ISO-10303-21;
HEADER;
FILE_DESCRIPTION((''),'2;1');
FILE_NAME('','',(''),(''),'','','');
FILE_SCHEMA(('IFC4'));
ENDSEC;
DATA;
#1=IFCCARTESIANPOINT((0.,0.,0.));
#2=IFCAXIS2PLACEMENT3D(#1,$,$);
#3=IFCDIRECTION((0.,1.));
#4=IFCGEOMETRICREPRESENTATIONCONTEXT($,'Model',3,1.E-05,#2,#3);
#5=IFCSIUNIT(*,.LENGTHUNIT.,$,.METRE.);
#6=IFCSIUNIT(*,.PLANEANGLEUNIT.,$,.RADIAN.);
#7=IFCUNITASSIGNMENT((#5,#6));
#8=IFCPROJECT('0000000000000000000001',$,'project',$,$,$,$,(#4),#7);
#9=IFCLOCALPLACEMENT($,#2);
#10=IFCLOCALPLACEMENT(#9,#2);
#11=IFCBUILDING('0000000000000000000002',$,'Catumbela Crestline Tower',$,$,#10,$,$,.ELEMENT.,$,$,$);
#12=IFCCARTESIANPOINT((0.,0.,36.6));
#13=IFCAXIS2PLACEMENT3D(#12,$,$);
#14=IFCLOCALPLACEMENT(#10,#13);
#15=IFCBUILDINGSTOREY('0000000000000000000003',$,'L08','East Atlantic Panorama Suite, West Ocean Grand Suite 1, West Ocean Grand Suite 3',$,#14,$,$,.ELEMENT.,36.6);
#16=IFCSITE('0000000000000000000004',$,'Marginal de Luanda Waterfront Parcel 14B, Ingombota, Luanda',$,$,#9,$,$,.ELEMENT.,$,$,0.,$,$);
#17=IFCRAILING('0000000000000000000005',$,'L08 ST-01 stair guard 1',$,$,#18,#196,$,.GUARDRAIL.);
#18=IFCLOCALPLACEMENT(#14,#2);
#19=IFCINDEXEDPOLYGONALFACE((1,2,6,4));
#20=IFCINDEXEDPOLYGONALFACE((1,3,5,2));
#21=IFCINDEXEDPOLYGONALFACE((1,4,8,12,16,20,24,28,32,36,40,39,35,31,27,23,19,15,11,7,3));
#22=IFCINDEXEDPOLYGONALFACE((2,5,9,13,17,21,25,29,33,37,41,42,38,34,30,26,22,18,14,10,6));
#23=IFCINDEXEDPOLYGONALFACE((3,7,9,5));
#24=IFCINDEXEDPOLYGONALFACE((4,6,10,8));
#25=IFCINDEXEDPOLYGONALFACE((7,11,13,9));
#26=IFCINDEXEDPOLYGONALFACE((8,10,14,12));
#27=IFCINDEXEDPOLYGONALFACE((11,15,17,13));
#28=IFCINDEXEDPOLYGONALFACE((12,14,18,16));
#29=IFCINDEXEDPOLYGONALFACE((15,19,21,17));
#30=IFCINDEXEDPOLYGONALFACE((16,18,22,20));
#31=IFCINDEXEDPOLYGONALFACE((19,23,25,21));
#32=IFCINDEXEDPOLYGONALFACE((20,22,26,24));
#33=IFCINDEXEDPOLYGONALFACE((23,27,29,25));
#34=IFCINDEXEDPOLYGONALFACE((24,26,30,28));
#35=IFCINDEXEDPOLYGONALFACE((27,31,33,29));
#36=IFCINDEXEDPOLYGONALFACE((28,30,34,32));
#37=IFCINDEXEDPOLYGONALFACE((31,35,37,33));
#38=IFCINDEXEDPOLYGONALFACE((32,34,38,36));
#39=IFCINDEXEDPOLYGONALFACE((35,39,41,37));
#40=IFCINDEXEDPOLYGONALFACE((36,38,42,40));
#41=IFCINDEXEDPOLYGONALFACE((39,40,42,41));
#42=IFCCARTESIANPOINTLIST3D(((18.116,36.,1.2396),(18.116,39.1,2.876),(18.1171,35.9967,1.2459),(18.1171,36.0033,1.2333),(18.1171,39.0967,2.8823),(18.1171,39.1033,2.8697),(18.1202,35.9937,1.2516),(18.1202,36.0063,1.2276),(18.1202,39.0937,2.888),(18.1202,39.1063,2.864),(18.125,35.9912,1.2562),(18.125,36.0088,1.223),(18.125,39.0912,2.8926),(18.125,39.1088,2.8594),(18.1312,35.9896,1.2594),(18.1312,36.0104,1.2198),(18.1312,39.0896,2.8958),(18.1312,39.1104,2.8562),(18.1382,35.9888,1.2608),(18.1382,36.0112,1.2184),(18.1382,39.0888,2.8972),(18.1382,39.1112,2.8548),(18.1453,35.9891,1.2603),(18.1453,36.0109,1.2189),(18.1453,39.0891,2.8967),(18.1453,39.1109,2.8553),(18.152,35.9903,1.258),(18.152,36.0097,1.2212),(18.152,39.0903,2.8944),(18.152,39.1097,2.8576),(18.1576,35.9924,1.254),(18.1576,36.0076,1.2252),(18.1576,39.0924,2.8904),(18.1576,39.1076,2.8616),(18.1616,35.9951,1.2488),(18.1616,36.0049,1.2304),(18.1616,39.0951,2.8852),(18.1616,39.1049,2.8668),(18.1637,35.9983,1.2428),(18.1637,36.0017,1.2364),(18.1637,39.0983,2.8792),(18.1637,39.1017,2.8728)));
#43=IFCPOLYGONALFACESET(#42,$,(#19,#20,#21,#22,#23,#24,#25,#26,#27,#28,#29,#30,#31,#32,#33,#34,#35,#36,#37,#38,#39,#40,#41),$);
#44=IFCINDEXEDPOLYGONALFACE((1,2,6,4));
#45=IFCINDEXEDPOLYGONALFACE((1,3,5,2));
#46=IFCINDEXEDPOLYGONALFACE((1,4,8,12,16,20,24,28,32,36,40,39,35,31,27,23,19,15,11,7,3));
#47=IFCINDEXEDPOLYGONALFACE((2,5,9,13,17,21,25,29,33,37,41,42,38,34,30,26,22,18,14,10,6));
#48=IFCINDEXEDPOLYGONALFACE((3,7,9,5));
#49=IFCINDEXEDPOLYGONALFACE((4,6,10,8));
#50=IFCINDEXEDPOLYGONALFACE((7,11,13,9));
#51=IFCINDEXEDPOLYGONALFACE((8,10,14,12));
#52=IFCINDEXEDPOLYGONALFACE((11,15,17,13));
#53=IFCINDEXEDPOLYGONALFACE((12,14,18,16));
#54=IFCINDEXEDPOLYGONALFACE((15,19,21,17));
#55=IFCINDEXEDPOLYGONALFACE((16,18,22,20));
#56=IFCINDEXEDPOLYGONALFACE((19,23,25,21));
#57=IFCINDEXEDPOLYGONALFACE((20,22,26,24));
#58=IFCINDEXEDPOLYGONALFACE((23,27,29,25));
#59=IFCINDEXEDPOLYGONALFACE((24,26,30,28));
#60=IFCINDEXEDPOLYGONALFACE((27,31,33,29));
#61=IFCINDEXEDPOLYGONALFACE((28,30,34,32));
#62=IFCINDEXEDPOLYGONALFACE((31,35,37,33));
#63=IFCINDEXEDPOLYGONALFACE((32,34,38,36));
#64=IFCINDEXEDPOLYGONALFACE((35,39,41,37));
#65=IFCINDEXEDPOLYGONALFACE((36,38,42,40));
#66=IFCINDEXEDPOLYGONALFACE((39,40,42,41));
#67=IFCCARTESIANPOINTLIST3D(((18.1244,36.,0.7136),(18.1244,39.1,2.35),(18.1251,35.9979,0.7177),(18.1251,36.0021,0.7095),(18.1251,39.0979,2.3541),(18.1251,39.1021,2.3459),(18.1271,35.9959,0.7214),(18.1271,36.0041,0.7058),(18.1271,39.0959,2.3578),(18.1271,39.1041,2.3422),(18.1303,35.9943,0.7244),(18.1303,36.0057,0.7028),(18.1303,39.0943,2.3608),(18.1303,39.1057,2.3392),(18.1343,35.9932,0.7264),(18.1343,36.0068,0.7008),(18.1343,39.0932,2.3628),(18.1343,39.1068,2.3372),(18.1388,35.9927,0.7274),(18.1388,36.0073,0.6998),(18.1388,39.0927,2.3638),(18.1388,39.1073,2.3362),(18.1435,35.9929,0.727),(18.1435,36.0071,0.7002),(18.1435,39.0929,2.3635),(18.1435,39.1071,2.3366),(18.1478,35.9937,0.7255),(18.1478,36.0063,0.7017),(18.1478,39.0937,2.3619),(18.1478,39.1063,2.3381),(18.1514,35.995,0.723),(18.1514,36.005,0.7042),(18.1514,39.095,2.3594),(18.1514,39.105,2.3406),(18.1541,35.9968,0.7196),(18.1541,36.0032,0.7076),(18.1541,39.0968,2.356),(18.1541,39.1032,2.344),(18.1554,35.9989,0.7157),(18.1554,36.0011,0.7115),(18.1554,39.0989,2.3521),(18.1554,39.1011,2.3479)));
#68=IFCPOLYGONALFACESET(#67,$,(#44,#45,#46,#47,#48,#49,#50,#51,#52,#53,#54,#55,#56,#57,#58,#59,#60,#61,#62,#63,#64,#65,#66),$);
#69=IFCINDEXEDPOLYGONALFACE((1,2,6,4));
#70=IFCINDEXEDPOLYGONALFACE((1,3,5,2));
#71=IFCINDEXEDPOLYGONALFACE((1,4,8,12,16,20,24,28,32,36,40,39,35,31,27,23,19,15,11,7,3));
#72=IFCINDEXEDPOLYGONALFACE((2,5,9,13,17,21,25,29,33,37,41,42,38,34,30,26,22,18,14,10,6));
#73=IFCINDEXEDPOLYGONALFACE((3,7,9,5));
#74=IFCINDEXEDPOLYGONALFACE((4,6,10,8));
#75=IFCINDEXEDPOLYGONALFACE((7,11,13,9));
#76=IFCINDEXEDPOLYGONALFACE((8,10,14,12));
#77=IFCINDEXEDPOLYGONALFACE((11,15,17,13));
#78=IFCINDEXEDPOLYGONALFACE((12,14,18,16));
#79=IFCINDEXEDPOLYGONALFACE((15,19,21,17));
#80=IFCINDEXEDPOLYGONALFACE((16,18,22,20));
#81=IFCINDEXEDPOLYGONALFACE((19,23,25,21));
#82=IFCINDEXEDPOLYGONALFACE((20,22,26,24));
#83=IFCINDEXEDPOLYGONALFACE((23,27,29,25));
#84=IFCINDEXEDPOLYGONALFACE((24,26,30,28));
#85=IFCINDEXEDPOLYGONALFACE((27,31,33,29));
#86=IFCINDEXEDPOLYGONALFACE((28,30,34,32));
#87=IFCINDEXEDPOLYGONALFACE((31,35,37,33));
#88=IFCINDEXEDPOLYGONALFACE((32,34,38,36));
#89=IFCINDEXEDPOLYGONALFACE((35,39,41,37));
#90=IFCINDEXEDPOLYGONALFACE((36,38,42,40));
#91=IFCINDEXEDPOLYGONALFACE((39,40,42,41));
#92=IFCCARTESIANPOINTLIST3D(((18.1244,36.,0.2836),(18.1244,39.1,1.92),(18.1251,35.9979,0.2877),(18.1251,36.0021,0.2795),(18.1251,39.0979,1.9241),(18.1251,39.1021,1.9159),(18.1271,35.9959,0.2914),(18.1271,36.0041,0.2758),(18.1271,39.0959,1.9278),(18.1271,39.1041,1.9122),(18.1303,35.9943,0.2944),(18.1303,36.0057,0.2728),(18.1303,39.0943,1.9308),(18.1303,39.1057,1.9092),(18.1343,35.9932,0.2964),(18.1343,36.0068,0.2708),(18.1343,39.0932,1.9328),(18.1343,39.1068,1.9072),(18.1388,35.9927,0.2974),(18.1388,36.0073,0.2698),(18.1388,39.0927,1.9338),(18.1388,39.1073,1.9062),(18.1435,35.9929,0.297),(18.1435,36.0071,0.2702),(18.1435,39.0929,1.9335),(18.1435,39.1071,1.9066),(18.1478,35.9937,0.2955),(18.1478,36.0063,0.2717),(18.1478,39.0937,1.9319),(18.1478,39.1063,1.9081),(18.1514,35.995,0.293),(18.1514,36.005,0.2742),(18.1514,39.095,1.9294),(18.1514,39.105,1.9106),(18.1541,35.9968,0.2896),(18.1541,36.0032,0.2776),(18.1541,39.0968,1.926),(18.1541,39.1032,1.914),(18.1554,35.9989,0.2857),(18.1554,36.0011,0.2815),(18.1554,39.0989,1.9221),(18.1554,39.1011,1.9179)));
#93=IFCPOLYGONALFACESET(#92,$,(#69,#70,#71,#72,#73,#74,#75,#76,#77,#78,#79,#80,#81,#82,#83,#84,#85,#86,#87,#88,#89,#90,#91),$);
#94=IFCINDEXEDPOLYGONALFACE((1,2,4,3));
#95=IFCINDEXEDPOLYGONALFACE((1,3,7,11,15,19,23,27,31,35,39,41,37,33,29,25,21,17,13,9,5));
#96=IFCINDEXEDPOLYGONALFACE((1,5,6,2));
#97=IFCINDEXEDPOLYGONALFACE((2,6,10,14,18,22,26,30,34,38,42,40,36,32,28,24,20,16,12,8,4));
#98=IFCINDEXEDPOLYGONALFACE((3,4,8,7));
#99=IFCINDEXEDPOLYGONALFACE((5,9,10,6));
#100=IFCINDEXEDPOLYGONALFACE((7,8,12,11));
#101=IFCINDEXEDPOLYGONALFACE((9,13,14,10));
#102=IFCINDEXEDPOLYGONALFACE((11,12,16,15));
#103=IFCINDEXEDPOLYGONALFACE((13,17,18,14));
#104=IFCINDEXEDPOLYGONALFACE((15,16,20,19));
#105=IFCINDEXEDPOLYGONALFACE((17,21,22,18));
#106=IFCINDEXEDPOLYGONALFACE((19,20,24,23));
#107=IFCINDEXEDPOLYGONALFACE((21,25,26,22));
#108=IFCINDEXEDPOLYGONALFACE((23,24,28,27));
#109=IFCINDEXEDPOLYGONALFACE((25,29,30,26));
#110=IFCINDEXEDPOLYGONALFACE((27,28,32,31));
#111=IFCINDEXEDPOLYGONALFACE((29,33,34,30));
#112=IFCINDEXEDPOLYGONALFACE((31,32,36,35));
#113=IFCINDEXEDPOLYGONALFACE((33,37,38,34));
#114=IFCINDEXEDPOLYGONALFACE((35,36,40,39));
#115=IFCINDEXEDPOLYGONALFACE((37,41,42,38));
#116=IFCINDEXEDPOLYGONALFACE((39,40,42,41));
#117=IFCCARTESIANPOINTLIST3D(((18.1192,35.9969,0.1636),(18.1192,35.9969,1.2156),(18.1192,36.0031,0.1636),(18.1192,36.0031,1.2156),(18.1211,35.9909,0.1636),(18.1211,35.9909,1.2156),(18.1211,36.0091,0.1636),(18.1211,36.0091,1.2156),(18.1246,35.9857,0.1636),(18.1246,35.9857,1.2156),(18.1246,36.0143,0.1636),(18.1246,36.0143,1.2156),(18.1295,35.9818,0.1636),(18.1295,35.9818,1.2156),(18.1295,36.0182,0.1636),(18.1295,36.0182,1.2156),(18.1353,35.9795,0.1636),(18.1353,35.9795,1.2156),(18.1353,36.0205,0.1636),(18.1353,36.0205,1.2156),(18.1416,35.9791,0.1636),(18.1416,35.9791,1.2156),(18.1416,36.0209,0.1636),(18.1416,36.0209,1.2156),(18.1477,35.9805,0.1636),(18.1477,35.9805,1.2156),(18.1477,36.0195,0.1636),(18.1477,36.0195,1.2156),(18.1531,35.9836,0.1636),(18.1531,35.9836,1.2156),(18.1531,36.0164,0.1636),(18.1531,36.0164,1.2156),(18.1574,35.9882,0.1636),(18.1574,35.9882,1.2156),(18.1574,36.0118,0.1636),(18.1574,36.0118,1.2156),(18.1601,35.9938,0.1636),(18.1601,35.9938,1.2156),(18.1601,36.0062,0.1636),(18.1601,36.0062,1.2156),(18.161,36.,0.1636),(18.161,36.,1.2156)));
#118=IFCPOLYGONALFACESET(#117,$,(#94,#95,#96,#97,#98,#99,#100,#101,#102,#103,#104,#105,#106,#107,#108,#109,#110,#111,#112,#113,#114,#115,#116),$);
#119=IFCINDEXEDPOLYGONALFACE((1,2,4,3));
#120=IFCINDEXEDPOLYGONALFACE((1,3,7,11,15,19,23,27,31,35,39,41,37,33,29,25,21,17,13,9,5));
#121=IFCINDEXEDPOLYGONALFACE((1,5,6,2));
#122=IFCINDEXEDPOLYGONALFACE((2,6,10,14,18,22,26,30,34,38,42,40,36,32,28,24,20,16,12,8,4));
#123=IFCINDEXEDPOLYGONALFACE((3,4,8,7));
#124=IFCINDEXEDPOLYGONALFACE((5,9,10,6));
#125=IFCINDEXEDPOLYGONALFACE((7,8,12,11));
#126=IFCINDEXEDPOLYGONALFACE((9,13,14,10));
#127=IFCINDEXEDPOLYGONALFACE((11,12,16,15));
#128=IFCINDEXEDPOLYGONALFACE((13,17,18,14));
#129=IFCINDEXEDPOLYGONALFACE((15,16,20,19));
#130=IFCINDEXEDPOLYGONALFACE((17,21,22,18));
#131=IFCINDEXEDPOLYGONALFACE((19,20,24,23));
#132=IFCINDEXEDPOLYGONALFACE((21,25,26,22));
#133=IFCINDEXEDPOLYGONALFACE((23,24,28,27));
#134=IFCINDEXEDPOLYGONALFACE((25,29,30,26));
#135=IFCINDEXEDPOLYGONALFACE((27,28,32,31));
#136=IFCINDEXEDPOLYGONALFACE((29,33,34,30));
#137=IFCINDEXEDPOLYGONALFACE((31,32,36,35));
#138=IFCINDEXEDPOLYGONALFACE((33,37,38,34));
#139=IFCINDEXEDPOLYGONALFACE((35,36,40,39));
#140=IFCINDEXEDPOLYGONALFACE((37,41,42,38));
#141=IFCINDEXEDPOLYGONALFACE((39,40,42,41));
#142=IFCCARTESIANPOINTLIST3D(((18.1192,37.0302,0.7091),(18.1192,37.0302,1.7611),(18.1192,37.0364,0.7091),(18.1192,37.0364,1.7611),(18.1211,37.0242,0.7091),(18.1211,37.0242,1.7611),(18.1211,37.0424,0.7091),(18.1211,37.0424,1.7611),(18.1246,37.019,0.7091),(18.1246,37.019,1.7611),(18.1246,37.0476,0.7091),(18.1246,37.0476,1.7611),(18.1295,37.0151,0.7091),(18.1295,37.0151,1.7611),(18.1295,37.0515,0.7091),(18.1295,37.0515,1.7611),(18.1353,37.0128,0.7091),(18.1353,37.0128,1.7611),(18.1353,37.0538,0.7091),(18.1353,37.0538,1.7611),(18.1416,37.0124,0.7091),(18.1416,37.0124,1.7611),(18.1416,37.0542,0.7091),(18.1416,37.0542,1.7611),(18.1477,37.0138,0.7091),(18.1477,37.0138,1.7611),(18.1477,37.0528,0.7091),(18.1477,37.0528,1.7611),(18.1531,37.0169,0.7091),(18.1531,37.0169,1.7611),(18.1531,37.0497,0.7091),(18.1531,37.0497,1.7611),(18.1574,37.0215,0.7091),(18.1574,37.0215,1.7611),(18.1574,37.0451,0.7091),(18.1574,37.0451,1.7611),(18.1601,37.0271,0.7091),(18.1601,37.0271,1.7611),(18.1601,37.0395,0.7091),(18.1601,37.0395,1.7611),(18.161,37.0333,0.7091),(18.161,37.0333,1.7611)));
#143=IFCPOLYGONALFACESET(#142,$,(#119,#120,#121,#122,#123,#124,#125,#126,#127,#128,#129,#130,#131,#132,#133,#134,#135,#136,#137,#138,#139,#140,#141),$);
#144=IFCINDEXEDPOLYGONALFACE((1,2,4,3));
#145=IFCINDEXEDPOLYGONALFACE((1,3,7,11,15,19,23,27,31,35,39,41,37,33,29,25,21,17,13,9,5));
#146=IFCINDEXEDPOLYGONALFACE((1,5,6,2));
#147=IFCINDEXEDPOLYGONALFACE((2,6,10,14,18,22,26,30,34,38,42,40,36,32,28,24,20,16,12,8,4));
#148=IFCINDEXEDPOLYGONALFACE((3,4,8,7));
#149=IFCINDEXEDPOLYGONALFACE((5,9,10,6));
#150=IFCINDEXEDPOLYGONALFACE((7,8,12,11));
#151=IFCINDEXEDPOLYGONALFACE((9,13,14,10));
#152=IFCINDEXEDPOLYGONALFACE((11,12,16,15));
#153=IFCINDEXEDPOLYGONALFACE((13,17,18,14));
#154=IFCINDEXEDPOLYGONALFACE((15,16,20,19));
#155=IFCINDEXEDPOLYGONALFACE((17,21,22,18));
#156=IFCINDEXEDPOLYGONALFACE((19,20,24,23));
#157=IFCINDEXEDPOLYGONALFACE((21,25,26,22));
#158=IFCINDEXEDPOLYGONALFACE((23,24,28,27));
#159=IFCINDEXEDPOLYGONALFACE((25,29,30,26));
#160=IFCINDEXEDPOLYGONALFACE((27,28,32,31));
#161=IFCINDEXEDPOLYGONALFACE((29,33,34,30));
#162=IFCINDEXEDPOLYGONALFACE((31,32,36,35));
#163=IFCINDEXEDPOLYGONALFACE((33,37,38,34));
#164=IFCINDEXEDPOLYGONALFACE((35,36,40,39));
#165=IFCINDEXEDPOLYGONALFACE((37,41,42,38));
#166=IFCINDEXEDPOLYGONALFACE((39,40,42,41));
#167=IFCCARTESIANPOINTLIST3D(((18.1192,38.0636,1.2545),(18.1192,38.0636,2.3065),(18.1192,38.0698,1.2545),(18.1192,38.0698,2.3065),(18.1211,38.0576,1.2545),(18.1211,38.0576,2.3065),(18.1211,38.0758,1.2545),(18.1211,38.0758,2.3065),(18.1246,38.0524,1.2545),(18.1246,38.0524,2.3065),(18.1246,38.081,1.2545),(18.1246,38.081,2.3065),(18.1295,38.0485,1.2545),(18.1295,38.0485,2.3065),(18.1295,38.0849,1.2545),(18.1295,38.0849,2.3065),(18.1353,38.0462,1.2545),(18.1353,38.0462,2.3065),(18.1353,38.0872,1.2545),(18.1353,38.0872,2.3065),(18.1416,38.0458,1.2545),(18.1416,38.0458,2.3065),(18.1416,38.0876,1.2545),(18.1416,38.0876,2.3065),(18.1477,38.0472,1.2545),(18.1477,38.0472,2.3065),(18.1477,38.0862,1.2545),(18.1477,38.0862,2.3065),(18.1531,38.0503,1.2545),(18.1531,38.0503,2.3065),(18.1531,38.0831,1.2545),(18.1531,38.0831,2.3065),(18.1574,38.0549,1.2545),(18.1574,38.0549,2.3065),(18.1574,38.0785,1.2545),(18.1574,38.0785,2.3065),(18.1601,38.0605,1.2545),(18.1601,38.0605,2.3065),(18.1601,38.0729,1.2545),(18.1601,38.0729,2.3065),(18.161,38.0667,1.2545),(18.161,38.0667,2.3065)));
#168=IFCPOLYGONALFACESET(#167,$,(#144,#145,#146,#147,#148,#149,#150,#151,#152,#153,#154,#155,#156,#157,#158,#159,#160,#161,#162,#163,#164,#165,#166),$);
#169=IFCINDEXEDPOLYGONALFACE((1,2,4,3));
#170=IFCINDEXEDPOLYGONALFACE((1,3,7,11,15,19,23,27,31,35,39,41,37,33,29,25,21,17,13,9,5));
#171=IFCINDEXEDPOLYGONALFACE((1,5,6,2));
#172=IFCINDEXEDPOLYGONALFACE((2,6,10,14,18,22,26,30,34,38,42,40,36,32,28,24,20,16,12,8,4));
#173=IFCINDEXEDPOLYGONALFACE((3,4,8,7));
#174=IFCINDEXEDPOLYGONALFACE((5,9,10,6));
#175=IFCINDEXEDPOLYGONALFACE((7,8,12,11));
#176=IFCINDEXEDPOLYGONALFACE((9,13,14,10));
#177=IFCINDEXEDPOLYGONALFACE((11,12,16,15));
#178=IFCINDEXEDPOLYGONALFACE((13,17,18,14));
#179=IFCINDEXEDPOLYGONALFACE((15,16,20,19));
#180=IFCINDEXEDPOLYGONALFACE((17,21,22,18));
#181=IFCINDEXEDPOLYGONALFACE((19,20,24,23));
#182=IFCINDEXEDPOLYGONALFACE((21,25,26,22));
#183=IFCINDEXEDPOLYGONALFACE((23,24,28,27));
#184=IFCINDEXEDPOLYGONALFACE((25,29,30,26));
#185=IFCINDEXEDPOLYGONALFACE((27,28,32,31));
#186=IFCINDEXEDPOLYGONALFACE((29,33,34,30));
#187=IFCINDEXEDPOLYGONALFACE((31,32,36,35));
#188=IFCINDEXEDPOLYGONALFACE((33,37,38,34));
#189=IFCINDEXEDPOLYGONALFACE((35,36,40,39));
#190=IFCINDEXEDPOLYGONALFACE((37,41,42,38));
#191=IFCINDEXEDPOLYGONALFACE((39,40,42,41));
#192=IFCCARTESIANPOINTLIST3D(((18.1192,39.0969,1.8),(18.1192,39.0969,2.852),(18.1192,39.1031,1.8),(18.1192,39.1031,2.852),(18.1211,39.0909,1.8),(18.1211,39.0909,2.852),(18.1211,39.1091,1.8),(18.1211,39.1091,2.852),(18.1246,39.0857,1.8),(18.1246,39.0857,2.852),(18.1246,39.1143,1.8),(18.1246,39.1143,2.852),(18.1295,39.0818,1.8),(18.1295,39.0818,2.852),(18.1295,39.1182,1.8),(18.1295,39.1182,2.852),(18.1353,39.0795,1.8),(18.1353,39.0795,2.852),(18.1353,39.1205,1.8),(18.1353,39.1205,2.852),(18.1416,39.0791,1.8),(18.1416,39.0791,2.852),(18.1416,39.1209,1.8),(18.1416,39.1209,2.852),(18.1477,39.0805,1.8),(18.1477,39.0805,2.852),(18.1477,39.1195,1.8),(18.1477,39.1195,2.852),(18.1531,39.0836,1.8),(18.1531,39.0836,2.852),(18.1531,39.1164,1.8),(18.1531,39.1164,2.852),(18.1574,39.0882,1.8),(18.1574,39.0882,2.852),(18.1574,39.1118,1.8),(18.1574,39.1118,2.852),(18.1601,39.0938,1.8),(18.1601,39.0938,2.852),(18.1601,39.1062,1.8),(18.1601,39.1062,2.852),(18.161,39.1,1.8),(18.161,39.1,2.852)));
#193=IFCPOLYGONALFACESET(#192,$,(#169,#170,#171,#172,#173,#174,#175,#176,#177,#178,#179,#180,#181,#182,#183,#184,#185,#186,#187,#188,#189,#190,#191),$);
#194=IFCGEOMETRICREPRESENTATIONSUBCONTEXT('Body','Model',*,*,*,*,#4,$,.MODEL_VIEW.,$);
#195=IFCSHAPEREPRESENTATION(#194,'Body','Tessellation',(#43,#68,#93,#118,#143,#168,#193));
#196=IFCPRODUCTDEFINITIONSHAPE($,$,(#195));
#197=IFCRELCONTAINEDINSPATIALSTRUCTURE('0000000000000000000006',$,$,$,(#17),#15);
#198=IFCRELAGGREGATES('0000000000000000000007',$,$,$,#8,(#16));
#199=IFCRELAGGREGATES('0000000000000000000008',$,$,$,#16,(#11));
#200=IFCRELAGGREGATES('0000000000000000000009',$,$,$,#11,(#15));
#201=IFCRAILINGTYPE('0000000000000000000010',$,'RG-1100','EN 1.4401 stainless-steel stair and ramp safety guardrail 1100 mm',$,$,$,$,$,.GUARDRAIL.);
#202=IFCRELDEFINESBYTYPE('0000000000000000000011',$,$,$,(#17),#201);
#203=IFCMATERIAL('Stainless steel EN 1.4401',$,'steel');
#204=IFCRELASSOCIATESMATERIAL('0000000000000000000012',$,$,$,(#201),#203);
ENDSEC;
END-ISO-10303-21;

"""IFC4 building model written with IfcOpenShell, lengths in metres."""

from ifc_helpers import new_model, si_unit, direction, frame, origin, origin_2d, place, context, subcontext, project, spatial, circle, extrude, material, type_object, element, save


model = new_model("IFC4")

# Units and contexts
model_context = context("Model", 3, precision=1e-05, world=origin(), true_north=direction((0.0, 1.0)))
body_context = subcontext(model_context, "Body", "Model", "MODEL_VIEW")
ifc_project = project(units=[si_unit("LENGTHUNIT", "METRE"), si_unit("PLANEANGLEUNIT", "RADIAN")], contexts=[model_context])

# Site, building, storey
site_placement = place(None, origin())
site = spatial("IfcSite", under=ifc_project, at=site_placement, Name="Marginal de Luanda Waterfront Parcel 14B, Ingombota, Luanda", CompositionType="ELEMENT", RefElevation=0.0)
building_placement = place(site_placement, origin())
building = spatial("IfcBuilding", under=site, at=building_placement, Name="Catumbela Crestline Tower", CompositionType="ELEMENT")
storey_placement = place(building_placement, frame((0.0, 0.0, 36.6)))
storey = spatial("IfcBuildingStorey", under=building, at=storey_placement, Name="L08", Description="East Atlantic Panorama Suite, West Ocean Grand Suite 1, West Ocean Grand Suite 3", CompositionType="ELEMENT", Elevation=36.6)

# Shared definitions
ifc_material_1 = material(Name="Stainless steel EN 1.4401", Category="steel")

# Railing
railing_type_1 = type_object("IfcRailingType", Name="RG-1100", Description="EN 1.4401 stainless-steel stair and ramp safety guardrail 1100 mm", PredefinedType="GUARDRAIL", material=ifc_material_1)
railing_1_placement = place(storey_placement, frame((18.14, 36.0, 0.1636)))
element("IfcRailing", 1, at=railing_1_placement, inside=storey, type_object=railing_type_1, Name="L08 ST-01 stair guard 1", PredefinedType="GUARDRAIL", context=body_context, shape_type="SweptSolid", body=[
    extrude(circle(Radius=0.024, at=origin_2d()), frame((0.0, 0.0, 1.076), z_axis=(0.0, 0.884351, 0.466823), x_axis=(-1.0, 0.0, 0.0)), (0.0, 0.0, 1.0), 3.5054),
    extrude(circle(Radius=0.0156, at=origin_2d()), frame((0.0, 0.0, 0.55), z_axis=(0.0, 0.884351, 0.466823), x_axis=(-1.0, 0.0, 0.0)), (0.0, 0.0, 1.0), 3.5054),
    extrude(circle(Radius=0.0156, at=origin_2d()), frame((0.0, 0.0, 0.12), z_axis=(0.0, 0.884351, 0.466823), x_axis=(-1.0, 0.0, 0.0)), (0.0, 0.0, 1.0), 3.5054),
    extrude(circle(Radius=0.021, at=origin_2d()), origin(), (0.0, 0.0, 1.0), 1.052),
    extrude(circle(Radius=0.021, at=origin_2d()), frame((0.0, 1.0333, 0.5455)), (0.0, 0.0, 1.0), 1.052),
    extrude(circle(Radius=0.021, at=origin_2d()), frame((0.0, 2.0667, 1.0909)), (0.0, 0.0, 1.0), 1.052),
    extrude(circle(Radius=0.021, at=origin_2d()), frame((0.0, 3.1, 1.6364)), (0.0, 0.0, 1.0), 1.052),
])

save(model, "model.ifc")
